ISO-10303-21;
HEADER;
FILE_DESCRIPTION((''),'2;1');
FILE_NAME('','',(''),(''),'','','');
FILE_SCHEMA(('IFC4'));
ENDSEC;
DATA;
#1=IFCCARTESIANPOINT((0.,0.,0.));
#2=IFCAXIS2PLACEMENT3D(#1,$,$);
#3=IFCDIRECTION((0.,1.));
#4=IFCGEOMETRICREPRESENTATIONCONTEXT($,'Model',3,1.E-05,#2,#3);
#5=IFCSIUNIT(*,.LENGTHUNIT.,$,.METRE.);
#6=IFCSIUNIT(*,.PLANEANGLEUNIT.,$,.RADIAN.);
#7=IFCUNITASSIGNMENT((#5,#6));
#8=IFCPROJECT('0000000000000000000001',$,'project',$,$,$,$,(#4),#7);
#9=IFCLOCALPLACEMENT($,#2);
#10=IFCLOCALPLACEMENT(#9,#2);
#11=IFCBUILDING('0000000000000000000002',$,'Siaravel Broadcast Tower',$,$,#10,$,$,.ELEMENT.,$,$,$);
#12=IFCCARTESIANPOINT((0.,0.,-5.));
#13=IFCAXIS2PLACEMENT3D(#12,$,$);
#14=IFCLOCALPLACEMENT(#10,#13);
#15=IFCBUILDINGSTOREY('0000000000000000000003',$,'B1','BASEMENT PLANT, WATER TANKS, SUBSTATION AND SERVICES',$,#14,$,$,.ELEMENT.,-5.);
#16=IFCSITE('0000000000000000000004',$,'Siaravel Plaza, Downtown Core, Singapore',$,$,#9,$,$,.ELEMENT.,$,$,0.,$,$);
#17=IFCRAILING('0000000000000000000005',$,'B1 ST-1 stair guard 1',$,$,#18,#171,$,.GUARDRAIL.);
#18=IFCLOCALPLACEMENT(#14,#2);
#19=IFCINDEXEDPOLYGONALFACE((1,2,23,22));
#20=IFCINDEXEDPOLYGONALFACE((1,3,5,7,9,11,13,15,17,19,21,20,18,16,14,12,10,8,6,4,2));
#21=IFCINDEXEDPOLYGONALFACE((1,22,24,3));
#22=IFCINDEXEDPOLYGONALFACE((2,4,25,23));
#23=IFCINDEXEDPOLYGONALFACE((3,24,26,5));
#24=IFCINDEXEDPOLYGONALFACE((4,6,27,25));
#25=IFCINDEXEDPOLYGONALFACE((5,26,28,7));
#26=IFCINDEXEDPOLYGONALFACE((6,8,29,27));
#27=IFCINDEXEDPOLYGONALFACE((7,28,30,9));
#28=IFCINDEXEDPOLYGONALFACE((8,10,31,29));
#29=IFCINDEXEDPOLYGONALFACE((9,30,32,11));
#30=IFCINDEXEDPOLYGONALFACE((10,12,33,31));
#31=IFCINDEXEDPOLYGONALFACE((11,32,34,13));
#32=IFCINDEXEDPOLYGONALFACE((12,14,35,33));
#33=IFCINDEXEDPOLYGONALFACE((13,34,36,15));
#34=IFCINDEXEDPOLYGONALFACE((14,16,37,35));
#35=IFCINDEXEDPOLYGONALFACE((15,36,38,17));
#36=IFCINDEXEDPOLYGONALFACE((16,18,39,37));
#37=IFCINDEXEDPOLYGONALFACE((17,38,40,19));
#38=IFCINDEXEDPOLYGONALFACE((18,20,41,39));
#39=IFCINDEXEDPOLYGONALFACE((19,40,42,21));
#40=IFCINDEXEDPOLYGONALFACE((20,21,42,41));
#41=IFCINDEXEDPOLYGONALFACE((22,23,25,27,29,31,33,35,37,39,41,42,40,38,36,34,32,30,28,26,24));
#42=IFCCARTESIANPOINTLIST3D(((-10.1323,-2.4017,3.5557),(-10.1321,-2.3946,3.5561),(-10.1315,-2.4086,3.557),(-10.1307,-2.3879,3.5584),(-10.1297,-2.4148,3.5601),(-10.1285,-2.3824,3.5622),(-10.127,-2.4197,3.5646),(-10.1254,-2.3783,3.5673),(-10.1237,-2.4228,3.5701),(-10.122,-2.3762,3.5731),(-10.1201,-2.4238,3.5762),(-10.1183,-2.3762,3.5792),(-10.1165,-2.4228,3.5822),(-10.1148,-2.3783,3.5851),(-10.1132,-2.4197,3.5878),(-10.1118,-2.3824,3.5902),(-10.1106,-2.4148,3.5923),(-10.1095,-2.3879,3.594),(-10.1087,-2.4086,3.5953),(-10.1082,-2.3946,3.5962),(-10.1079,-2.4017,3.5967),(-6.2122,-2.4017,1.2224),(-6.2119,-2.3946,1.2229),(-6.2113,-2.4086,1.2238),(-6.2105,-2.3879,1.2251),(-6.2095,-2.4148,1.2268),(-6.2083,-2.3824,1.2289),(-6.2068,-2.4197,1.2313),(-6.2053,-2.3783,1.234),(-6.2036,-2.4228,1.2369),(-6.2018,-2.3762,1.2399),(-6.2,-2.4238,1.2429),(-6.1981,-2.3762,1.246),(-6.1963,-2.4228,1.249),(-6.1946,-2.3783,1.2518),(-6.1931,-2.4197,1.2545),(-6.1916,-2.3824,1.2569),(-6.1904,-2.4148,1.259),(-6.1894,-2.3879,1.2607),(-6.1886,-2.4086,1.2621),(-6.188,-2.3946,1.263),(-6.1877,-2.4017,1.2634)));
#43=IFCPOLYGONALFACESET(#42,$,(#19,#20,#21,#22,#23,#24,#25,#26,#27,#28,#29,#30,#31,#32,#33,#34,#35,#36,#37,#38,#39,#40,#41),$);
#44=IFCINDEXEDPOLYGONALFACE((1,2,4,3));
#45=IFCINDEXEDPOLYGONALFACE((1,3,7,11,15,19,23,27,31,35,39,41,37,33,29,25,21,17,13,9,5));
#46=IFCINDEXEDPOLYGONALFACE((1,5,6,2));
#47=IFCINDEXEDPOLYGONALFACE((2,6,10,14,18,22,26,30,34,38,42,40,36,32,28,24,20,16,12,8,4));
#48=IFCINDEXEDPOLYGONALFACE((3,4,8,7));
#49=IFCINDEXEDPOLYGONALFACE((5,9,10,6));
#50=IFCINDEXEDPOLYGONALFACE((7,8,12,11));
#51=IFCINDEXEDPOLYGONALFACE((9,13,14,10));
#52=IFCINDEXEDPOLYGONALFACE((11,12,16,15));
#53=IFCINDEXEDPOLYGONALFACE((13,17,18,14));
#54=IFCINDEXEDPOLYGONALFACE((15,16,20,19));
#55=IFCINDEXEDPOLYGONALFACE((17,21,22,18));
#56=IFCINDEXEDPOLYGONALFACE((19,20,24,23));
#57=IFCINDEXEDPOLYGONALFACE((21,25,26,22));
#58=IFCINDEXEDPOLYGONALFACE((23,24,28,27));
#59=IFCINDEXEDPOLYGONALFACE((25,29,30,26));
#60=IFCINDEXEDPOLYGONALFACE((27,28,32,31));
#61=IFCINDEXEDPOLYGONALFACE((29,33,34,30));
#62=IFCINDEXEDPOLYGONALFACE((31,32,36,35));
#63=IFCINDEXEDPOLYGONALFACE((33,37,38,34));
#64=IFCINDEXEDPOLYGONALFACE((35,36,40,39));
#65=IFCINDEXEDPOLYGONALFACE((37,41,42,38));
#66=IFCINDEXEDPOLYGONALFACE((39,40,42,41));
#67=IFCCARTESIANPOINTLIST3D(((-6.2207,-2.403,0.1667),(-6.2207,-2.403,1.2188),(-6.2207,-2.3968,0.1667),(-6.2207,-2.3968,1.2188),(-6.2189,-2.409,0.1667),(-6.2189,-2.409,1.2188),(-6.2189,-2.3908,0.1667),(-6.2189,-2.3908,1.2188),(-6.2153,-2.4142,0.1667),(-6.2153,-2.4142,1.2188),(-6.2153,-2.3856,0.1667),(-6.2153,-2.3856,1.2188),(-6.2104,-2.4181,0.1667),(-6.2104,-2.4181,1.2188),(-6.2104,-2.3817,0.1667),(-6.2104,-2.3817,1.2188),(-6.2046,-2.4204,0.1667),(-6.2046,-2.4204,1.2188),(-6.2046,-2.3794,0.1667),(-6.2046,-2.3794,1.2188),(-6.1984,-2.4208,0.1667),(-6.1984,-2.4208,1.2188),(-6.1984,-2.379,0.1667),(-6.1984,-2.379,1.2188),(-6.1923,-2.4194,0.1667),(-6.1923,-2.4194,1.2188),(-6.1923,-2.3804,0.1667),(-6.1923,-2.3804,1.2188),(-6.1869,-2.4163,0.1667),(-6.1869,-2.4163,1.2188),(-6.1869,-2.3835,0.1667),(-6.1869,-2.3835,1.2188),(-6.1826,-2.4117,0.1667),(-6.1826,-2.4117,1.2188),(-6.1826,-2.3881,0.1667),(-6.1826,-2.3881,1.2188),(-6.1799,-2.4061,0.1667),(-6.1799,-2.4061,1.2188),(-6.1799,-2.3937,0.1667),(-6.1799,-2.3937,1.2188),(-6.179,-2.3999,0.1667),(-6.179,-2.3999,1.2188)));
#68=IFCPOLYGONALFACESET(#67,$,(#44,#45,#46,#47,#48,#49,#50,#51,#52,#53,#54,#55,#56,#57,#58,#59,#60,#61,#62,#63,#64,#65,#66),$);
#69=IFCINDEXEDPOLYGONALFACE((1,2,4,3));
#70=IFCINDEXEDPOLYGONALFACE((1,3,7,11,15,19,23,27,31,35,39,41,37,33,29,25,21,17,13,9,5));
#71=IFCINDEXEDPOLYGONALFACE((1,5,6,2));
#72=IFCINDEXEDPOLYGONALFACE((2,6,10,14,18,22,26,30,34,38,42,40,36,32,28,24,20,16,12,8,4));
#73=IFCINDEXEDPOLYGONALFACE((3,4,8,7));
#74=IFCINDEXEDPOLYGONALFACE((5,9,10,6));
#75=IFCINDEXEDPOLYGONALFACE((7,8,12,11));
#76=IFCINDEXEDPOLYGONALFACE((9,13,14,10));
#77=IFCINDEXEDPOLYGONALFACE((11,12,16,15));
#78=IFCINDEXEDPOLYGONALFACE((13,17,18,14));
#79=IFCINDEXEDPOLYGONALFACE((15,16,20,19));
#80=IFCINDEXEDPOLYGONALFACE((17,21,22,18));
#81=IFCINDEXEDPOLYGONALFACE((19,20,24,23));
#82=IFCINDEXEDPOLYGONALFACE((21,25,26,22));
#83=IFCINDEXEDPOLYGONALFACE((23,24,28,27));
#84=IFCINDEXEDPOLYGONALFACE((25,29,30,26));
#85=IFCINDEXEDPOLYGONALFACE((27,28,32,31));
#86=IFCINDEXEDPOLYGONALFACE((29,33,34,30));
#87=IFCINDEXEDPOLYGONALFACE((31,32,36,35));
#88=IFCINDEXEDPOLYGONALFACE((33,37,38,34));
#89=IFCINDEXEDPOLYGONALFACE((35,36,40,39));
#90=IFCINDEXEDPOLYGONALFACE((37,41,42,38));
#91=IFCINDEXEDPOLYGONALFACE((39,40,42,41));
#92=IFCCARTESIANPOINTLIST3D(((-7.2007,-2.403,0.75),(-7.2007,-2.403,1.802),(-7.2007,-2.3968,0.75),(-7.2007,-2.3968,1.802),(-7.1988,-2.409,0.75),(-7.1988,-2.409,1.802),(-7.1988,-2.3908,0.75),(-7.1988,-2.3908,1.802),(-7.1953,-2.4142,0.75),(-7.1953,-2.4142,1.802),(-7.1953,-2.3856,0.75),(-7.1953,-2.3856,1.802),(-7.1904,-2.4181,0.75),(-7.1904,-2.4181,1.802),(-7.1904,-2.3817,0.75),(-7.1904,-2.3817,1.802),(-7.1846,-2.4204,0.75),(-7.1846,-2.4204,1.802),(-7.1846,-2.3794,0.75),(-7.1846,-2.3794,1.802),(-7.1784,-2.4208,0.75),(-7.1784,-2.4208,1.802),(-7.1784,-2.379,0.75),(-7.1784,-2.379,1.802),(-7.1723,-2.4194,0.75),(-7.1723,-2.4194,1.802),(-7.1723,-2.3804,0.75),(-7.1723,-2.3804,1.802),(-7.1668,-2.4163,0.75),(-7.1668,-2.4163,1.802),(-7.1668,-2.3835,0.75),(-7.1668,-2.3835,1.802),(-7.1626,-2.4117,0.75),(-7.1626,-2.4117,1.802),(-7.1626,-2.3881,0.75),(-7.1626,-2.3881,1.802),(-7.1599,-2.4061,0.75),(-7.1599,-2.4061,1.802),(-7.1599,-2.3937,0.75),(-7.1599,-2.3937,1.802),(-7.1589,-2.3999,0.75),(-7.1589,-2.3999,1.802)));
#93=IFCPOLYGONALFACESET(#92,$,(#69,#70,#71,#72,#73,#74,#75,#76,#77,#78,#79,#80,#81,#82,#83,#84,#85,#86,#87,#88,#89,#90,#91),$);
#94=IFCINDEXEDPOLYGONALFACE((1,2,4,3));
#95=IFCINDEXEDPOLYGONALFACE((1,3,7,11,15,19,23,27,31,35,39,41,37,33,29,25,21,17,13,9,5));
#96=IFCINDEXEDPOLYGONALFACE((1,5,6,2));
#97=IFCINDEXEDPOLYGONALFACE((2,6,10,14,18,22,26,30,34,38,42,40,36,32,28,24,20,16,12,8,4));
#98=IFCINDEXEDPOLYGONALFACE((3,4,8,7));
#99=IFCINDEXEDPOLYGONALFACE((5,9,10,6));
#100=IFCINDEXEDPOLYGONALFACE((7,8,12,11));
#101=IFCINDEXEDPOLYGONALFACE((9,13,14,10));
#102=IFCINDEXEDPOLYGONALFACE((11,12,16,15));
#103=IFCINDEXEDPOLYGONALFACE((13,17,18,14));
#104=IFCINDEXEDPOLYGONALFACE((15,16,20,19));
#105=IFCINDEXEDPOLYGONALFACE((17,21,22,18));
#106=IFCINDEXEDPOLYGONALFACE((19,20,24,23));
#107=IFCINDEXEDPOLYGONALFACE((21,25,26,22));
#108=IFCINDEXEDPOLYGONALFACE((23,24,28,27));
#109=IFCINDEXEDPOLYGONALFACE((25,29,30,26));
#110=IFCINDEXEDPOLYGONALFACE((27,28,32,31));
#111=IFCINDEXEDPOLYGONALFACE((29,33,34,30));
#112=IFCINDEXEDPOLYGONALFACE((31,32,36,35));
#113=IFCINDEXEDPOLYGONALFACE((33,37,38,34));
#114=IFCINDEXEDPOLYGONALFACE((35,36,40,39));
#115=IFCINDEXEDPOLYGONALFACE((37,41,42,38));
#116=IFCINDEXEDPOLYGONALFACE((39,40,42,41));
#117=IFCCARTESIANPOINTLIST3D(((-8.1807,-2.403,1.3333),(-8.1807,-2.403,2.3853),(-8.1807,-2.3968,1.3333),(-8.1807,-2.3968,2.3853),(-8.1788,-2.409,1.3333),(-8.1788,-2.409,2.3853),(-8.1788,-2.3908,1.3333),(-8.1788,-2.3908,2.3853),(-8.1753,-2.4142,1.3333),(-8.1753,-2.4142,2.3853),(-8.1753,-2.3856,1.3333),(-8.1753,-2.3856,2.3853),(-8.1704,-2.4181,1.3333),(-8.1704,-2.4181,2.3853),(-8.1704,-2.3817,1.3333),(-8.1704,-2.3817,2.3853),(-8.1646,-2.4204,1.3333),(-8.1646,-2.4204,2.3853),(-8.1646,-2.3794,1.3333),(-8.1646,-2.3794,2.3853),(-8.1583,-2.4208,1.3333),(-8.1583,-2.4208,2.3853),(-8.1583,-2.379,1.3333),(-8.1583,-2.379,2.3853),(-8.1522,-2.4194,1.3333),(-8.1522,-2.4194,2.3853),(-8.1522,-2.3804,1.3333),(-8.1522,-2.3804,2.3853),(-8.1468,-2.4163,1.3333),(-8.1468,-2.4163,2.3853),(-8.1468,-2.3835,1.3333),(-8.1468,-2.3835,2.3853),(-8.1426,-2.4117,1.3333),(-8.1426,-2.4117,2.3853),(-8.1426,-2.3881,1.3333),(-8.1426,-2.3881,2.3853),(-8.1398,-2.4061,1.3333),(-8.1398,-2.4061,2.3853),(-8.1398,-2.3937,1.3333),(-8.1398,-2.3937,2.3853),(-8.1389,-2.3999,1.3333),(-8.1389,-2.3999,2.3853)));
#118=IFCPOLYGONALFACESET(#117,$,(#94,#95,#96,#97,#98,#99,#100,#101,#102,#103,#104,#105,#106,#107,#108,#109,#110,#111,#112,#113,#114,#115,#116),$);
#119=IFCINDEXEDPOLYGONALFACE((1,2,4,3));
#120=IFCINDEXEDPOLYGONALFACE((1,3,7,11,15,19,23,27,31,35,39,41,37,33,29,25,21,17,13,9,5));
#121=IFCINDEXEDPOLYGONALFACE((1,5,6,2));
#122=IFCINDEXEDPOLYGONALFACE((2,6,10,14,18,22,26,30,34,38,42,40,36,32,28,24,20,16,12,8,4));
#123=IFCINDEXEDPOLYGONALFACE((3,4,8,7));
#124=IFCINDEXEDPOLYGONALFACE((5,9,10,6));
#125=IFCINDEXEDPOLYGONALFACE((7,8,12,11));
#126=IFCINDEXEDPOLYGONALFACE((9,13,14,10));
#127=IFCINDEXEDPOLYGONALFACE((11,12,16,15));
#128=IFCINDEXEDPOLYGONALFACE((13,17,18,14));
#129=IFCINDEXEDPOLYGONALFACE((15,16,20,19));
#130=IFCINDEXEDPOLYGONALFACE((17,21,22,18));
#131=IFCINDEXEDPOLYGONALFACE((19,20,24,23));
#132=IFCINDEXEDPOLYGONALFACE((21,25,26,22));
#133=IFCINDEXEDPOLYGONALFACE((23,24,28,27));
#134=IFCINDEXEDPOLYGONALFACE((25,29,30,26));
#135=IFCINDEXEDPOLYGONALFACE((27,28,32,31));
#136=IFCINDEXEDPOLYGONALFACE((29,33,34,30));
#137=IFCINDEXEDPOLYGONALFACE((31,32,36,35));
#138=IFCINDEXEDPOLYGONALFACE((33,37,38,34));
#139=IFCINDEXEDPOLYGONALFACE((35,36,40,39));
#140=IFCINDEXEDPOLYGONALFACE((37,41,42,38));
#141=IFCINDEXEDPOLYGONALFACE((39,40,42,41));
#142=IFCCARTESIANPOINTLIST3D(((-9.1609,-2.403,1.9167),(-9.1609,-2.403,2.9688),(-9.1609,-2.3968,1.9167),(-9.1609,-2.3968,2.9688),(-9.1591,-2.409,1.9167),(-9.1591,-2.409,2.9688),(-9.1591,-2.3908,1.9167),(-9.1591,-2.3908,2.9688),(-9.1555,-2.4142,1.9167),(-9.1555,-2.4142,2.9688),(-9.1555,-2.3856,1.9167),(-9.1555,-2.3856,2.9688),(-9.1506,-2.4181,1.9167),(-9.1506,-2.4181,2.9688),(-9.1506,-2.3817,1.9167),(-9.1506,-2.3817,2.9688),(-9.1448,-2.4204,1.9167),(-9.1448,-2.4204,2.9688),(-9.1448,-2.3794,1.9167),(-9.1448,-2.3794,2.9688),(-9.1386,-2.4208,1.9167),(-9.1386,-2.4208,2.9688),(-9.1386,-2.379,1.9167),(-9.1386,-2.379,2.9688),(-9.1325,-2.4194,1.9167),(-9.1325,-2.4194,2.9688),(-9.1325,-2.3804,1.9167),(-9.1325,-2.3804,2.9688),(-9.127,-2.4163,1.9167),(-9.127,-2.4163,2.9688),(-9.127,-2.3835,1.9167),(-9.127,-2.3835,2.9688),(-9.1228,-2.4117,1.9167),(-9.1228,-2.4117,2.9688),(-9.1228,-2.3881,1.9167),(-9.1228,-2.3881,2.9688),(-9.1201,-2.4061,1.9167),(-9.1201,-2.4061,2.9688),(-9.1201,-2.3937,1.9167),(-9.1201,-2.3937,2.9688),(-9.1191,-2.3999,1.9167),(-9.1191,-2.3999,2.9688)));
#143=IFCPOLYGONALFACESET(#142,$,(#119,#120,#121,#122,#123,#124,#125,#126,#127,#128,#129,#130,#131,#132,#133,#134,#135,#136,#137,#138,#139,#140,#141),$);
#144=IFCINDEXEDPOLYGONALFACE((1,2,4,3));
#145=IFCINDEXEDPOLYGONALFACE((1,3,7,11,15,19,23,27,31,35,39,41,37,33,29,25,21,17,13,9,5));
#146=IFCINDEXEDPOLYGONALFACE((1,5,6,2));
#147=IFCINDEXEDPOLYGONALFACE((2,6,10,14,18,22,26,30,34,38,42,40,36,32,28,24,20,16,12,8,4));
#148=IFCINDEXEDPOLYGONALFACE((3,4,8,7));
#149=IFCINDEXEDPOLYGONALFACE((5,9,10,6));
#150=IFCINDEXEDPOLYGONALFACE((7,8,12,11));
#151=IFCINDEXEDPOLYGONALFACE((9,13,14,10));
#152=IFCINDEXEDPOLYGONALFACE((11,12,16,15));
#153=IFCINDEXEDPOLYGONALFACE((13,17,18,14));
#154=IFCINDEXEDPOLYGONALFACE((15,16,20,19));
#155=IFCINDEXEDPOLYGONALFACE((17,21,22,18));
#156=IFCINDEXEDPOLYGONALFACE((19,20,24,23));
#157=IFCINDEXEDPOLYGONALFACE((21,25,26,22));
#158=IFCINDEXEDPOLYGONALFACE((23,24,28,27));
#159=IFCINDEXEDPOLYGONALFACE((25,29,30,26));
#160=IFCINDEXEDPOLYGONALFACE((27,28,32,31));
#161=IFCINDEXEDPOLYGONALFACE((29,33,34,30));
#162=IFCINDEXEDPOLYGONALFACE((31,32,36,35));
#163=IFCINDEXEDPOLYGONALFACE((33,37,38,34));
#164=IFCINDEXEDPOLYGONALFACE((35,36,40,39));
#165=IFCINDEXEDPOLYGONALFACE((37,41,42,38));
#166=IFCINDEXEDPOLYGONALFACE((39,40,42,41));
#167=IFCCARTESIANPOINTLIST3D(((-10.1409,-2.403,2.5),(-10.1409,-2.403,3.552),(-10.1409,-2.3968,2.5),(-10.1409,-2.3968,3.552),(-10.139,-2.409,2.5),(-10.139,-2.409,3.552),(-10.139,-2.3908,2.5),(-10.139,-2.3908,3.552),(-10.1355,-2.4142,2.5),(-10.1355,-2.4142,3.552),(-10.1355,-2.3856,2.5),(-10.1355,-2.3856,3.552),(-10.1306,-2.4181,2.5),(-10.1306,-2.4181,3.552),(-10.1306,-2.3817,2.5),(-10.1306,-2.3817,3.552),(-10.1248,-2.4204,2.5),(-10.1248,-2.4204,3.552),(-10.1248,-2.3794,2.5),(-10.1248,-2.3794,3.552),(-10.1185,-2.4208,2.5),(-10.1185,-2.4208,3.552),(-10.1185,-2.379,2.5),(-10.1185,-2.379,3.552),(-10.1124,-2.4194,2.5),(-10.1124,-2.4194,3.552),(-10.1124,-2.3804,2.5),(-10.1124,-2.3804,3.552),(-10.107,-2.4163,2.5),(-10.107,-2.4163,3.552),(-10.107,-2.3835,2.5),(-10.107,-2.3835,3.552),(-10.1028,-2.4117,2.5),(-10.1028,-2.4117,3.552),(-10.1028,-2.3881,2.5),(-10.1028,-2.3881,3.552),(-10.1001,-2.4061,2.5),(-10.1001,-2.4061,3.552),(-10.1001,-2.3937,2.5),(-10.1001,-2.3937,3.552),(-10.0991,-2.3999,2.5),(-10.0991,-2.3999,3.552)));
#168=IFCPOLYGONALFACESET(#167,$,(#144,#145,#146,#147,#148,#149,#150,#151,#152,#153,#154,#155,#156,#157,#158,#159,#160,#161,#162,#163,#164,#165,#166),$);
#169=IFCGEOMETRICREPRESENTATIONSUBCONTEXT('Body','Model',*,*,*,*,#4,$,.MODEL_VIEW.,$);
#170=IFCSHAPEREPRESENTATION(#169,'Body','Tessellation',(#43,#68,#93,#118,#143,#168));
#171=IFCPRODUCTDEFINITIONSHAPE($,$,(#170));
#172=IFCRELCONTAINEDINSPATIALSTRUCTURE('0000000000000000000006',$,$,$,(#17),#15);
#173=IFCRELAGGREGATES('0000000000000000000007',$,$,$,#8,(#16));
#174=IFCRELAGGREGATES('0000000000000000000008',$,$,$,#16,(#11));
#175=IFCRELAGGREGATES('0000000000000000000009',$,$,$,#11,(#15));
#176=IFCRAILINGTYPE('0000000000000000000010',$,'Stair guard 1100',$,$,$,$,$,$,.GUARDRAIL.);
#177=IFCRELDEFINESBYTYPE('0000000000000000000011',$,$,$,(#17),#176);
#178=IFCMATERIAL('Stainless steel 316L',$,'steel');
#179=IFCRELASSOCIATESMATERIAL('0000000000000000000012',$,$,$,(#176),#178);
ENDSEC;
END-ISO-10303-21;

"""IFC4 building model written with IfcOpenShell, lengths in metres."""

from ifc_helpers import new_model, si_unit, direction, frame, origin, origin_2d, place, context, subcontext, project, spatial, circle, extrude, material, type_object, element, save


model = new_model("IFC4")

# Units and contexts
model_context = context("Model", 3, precision=1e-05, world=origin(), true_north=direction((0.0, 1.0)))
body_context = subcontext(model_context, "Body", "Model", "MODEL_VIEW")
ifc_project = project(units=[si_unit("LENGTHUNIT", "METRE"), si_unit("PLANEANGLEUNIT", "RADIAN")], contexts=[model_context])

# Site, building, storey
site_placement = place(None, origin())
site = spatial("IfcSite", under=ifc_project, at=site_placement, Name="Siaravel Plaza, Downtown Core, Singapore", CompositionType="ELEMENT", RefElevation=0.0)
building_placement = place(site_placement, origin())
building = spatial("IfcBuilding", under=site, at=building_placement, Name="Siaravel Broadcast Tower", CompositionType="ELEMENT")
storey_placement = place(building_placement, frame((0.0, 0.0, -5.0)))
storey = spatial("IfcBuildingStorey", under=building, at=storey_placement, Name="B1", Description="BASEMENT PLANT, WATER TANKS, SUBSTATION AND SERVICES", CompositionType="ELEMENT", Elevation=-5.0)

# Railing
ifc_material_1 = material(Name="Stainless steel 316L", Category="steel")
railing_type_1 = type_object("IfcRailingType", Name="Stair guard 1100", PredefinedType="GUARDRAIL", material=ifc_material_1)
railing_1_placement = place(storey_placement, frame((-6.2, -2.3999, 0.1667)))
element("IfcRailing", 1, at=railing_1_placement, inside=storey, type_object=railing_type_1, Name="B1 ST-1 stair guard 1", PredefinedType="GUARDRAIL", context=body_context, shape_type="SweptSolid", body=[
    extrude(circle(Radius=0.0239, at=origin_2d()), frame((0.0, 0.0, 1.0762), z_axis=(-0.85931, 0.0, 0.511455), x_axis=(0.0, -1.0, 0.0)), (0.0, 0.0, 1.0), 4.562),
    extrude(circle(Radius=0.021, at=origin_2d()), origin(), (0.0, 0.0, 1.0), 1.052),
    extrude(circle(Radius=0.021, at=origin_2d()), frame((-0.98, 0.0, 0.5833)), (0.0, 0.0, 1.0), 1.052),
    extrude(circle(Radius=0.021, at=origin_2d()), frame((-1.96, 0.0, 1.1665)), (0.0, 0.0, 1.0), 1.052),
    extrude(circle(Radius=0.021, at=origin_2d()), frame((-2.9402, 0.0, 1.75)), (0.0, 0.0, 1.0), 1.052),
    extrude(circle(Radius=0.021, at=origin_2d()), frame((-3.9202, 0.0, 2.3333)), (0.0, 0.0, 1.0), 1.052),
])

save(model, "model.ifc")
